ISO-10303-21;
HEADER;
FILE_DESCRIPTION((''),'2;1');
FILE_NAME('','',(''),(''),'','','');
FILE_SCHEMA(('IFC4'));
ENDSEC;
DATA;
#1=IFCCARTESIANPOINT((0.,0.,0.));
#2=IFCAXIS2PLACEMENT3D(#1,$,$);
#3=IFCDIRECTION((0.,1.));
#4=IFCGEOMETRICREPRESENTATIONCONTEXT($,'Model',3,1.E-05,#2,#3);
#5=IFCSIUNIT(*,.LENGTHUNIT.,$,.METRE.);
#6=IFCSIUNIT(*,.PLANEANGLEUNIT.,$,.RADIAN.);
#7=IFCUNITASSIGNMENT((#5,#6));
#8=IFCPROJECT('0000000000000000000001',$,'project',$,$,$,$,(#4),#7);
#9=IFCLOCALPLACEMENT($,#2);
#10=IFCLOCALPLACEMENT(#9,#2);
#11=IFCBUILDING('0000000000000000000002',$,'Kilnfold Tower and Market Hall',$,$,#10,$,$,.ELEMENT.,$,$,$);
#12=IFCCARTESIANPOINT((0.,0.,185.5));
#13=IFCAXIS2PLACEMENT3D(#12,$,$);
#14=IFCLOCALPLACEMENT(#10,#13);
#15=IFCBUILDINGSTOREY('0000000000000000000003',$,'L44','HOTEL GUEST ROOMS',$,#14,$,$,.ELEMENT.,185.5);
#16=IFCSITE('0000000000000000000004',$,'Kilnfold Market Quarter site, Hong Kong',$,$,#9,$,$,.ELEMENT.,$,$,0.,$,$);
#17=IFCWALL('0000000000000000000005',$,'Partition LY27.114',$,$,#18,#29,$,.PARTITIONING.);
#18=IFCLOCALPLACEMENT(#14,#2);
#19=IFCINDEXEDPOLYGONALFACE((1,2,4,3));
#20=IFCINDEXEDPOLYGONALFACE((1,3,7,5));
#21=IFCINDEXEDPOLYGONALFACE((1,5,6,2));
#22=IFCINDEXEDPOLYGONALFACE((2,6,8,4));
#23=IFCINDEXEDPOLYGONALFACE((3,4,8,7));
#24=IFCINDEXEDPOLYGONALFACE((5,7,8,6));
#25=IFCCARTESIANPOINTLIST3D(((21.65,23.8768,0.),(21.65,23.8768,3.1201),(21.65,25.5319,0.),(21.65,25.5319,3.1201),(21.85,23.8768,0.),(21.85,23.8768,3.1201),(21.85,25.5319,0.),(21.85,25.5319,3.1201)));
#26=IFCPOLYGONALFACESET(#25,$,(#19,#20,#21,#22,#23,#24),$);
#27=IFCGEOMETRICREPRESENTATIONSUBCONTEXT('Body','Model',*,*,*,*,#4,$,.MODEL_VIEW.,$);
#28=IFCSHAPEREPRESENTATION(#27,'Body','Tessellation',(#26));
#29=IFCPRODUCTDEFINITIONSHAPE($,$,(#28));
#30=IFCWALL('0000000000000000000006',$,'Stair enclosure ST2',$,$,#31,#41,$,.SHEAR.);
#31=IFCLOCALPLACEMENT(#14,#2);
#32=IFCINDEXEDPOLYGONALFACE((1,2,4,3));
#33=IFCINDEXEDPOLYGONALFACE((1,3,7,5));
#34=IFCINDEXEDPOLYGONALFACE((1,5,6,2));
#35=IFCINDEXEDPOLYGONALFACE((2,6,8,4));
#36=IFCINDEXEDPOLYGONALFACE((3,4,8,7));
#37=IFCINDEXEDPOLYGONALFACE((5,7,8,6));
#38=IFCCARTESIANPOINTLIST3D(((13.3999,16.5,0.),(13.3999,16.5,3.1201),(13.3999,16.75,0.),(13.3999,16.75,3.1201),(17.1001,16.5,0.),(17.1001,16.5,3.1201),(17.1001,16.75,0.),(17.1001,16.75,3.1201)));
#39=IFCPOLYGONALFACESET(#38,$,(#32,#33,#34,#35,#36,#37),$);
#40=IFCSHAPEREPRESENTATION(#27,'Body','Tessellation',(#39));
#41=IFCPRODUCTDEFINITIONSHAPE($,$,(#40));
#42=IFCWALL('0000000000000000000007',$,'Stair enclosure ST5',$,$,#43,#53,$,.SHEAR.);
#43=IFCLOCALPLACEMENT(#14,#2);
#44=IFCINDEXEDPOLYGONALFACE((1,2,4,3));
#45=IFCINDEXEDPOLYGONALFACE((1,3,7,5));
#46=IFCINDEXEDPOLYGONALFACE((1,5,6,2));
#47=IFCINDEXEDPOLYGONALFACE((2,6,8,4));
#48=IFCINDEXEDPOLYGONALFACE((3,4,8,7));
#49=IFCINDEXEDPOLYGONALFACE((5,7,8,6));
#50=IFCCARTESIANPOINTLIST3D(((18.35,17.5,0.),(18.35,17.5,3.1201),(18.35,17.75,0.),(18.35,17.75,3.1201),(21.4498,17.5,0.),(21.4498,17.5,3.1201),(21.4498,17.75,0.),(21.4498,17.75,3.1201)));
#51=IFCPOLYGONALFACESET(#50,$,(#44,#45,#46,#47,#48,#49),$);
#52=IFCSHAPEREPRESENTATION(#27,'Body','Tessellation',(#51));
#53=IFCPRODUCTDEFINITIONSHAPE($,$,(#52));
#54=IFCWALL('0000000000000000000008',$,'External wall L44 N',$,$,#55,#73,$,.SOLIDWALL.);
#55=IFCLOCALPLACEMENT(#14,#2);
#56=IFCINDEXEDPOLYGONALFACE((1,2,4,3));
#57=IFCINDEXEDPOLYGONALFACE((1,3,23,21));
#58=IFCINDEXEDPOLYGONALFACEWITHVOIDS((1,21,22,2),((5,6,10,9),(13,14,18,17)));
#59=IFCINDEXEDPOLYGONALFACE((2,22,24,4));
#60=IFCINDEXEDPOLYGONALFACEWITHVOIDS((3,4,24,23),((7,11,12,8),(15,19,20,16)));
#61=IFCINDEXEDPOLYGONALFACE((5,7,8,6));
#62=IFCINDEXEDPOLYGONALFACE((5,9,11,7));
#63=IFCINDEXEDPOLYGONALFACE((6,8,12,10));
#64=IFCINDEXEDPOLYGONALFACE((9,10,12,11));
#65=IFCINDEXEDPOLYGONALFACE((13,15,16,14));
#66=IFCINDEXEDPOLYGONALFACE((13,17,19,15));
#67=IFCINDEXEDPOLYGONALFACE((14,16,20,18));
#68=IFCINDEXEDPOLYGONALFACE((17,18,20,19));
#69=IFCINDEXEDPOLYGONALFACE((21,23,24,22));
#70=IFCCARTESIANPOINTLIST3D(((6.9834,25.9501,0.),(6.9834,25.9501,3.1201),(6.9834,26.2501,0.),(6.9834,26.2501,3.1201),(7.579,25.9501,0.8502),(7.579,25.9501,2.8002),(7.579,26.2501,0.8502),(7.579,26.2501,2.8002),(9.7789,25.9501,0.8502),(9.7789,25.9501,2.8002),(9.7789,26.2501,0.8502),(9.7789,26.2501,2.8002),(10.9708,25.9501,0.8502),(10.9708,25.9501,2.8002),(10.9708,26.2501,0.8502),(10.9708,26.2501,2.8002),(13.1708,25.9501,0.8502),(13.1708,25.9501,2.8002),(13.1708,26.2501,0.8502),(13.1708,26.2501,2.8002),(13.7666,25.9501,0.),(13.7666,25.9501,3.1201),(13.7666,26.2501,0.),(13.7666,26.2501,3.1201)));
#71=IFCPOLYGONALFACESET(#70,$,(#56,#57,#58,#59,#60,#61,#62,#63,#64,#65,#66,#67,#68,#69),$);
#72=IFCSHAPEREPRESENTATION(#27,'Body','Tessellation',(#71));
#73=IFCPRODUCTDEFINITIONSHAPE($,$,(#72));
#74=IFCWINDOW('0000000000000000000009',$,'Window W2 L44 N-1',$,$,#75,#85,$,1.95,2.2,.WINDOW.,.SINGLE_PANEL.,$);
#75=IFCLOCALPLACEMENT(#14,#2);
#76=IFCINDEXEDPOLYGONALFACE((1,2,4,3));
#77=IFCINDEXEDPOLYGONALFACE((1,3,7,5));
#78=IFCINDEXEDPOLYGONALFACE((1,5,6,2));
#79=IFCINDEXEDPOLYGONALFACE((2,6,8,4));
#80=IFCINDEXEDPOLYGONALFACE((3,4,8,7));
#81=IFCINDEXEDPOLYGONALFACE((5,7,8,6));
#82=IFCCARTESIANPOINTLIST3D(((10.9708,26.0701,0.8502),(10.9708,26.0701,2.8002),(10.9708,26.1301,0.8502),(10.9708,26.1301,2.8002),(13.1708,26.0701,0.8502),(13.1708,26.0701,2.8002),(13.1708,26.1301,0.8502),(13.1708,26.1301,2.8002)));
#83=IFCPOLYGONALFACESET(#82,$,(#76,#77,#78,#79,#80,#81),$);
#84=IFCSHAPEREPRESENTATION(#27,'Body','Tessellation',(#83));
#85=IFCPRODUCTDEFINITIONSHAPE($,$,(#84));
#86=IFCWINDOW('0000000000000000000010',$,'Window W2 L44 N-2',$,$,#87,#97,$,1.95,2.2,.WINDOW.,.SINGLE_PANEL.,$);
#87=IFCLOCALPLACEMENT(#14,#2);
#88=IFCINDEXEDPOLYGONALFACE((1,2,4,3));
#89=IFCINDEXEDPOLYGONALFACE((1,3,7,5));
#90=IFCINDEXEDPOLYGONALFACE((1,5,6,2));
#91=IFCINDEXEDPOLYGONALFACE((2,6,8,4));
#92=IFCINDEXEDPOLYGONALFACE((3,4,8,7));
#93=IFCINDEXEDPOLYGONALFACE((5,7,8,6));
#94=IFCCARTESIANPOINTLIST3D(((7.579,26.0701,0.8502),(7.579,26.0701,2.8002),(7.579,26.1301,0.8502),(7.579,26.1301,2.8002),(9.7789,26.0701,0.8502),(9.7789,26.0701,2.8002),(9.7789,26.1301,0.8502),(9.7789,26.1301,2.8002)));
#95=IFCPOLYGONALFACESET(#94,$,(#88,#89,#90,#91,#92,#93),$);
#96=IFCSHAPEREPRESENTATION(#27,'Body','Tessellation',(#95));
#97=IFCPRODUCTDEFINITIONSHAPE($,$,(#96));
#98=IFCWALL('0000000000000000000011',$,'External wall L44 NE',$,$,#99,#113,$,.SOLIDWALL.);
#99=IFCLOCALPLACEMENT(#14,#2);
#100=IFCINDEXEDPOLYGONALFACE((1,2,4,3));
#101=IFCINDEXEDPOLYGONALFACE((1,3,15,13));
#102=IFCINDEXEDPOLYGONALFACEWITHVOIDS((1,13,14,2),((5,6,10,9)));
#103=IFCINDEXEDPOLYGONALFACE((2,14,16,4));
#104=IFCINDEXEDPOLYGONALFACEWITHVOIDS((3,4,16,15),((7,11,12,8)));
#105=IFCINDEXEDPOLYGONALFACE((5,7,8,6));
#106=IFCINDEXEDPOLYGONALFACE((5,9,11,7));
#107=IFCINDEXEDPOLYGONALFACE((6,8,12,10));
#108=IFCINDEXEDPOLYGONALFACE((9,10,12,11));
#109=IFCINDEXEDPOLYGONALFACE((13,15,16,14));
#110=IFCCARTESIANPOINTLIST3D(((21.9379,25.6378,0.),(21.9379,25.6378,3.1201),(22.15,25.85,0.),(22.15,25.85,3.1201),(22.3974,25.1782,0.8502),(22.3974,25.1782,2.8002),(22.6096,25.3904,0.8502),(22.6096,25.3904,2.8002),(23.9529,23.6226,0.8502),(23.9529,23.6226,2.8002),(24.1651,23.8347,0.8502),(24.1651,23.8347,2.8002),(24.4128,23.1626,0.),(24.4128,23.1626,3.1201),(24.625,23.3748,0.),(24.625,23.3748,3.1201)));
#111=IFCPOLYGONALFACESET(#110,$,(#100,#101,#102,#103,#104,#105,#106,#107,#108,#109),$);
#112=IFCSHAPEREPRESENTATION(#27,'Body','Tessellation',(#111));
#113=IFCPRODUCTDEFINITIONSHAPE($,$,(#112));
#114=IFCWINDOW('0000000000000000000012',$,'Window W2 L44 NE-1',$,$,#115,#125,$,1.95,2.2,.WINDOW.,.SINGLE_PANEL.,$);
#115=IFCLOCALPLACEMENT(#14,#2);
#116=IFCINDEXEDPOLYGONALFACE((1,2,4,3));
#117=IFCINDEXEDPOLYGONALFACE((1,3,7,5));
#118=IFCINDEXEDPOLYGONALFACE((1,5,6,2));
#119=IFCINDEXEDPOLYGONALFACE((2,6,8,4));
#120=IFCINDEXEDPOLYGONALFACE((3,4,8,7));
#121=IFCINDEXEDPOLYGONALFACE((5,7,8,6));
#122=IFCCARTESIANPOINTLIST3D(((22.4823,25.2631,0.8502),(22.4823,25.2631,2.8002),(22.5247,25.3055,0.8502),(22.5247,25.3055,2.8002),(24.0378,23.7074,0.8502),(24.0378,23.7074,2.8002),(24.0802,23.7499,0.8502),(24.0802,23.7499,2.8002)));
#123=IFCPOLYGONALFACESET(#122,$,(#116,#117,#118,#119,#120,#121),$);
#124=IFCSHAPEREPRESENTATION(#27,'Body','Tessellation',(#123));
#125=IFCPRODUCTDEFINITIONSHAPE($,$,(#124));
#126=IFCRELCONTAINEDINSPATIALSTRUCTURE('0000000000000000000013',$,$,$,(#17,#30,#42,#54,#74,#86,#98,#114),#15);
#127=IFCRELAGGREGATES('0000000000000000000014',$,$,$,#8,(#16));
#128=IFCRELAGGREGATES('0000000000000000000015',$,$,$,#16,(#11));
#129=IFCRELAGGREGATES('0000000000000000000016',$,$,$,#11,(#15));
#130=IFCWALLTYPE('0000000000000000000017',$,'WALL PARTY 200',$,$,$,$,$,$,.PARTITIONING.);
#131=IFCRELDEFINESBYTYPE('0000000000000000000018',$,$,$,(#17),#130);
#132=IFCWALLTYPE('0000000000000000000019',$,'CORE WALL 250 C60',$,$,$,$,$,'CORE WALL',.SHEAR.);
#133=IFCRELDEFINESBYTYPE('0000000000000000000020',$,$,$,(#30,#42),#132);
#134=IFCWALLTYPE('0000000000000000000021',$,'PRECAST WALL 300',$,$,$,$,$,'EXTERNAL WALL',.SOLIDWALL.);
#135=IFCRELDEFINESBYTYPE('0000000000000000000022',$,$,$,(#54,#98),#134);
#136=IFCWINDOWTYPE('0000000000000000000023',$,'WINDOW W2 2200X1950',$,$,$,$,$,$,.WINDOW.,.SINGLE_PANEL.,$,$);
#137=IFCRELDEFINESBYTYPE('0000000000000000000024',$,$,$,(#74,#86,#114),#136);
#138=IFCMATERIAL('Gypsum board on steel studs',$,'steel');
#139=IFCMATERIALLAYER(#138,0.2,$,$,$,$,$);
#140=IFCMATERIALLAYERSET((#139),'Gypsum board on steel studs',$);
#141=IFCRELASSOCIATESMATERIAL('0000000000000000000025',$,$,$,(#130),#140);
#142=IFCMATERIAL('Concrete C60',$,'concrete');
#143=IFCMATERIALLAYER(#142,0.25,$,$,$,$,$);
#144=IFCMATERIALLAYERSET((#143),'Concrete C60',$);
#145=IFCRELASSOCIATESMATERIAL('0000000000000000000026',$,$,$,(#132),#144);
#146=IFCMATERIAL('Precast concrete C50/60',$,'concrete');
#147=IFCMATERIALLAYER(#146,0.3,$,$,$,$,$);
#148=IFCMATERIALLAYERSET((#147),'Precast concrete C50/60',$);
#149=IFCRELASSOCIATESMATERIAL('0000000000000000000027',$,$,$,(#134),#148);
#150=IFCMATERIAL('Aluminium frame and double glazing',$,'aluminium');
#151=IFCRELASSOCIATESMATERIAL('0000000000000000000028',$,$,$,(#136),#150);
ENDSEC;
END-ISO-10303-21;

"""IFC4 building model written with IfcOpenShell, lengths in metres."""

from ifc_helpers import new_model, si_unit, direction, frame, frame_2d, origin, place, context, subcontext, project, spatial, rectangle, extrude, source, transform, mapped, material, layer, layer_set, type_object, element, fill, save


model = new_model("IFC4")

# Units and contexts
model_context = context("Model", 3, precision=1e-05, world=origin(), true_north=direction((0.0, 1.0)))
body_context = subcontext(model_context, "Body", "Model", "MODEL_VIEW")
ifc_project = project(units=[si_unit("LENGTHUNIT", "METRE"), si_unit("PLANEANGLEUNIT", "RADIAN")], contexts=[model_context])

# Site, building, storey
site_placement = place(None, origin())
site = spatial("IfcSite", under=ifc_project, at=site_placement, Name="Kilnfold Market Quarter site, Hong Kong", CompositionType="ELEMENT", RefElevation=0.0)
building_placement = place(site_placement, origin())
building = spatial("IfcBuilding", under=site, at=building_placement, Name="Kilnfold Tower and Market Hall", CompositionType="ELEMENT")
storey_placement = place(building_placement, frame((0.0, 0.0, 185.5)))
storey = spatial("IfcBuildingStorey", under=building, at=storey_placement, Name="L44", Description="HOTEL GUEST ROOMS", CompositionType="ELEMENT", Elevation=185.5)

# Shared definitions
ifc_material_1 = material(Name="Gypsum board on steel studs", Category="steel")
ifc_layer_1 = layer(ifc_material_1, 0.2)
ifc_layer_set_1 = layer_set([ifc_layer_1], Name="Gypsum board on steel studs")
wall_type_1 = type_object("IfcWallType", Name="WALL PARTY 200", PredefinedType="PARTITIONING", material=ifc_layer_set_1)

# Walls
wall_1_placement = place(storey_placement, frame((21.75, 25.532, 0.0), z_axis=(0.0, 0.0, 1.0), x_axis=(0.0, -1.0, 0.0)))
element("IfcWall", 1, at=wall_1_placement, inside=storey, type_object=wall_type_1, Name="Partition LY27.114", PredefinedType="PARTITIONING", context=body_context, shape_type="SweptSolid", body=[
    extrude(rectangle(XDim=1.655, YDim=0.2, at=frame_2d((0.8276, 0.0))), origin(), (0.0, 0.0, 1.0), 3.1201),
])
ifc_material_2 = material(Name="Concrete C60", Category="concrete")
ifc_layer_2 = layer(ifc_material_2, 0.25)
ifc_layer_set_2 = layer_set([ifc_layer_2], Name="Concrete C60")
wall_type_2 = type_object("IfcWallType", Name="CORE WALL 250 C60", ElementType="CORE WALL", PredefinedType="SHEAR", material=ifc_layer_set_2)
shared_shape_1 = source(origin(), body_context, "Body", "SweptSolid", [
    extrude(rectangle(XDim=3.7002, YDim=0.25, at=frame_2d((1.8501, 0.0))), origin(), (0.0, 0.0, 1.0), 3.1201),
])
wall_2_placement = place(storey_placement, frame((13.3999, 16.625, 0.0), z_axis=(0.0, 0.0, 1.0), x_axis=(1.0, 0.0, 0.0)))
element("IfcWall", 2, at=wall_2_placement, inside=storey, type_object=wall_type_2, Name="Stair enclosure ST2", PredefinedType="SHEAR", context=body_context, shape_type="MappedRepresentation", body=[
    mapped(shared_shape_1, transform((0.0, 0.0, 0.0))),
])
shared_shape_2 = source(origin(), body_context, "Body", "SweptSolid", [
    extrude(rectangle(XDim=3.0999, YDim=0.25, at=frame_2d((1.5498, 0.0))), origin(), (0.0, 0.0, 1.0), 3.1201),
])
wall_3_placement = place(storey_placement, frame((18.3501, 17.625, 0.0), z_axis=(0.0, 0.0, 1.0), x_axis=(1.0, 0.0, 0.0)))
element("IfcWall", 3, at=wall_3_placement, inside=storey, type_object=wall_type_2, Name="Stair enclosure ST5", PredefinedType="SHEAR", context=body_context, shape_type="MappedRepresentation", body=[
    mapped(shared_shape_2, transform((0.0, 0.0, 0.0))),
])

# Wall, openings, windows
ifc_material_3 = material(Name="Precast concrete C50/60", Category="concrete")
ifc_layer_3 = layer(ifc_material_3, 0.3)
ifc_layer_set_3 = layer_set([ifc_layer_3], Name="Precast concrete C50/60")
wall_type_3 = type_object("IfcWallType", Name="PRECAST WALL 300", ElementType="EXTERNAL WALL", PredefinedType="SOLIDWALL", material=ifc_layer_set_3)
shared_shape_3 = source(origin(), body_context, "Body", "SweptSolid", [
    extrude(rectangle(XDim=6.7832, YDim=0.3, at=frame_2d((3.3916, 0.0))), origin(), (0.0, 0.0, 1.0), 3.1201),
])
wall_4_placement = place(storey_placement, frame((13.7666, 26.1001, 0.0), z_axis=(0.0, 0.0, 1.0), x_axis=(-1.0, 0.0, 0.0)))
wall_4 = element("IfcWall", 4, at=wall_4_placement, inside=storey, type_object=wall_type_3, Name="External wall L44 N", PredefinedType="SOLIDWALL", context=body_context, shape_type="MappedRepresentation", body=[
    mapped(shared_shape_3, transform((0.0, 0.0, 0.0))),
])
opening_1_placement = place(wall_4_placement, frame((0.5957, 0.0, 0.8501)))
opening_1 = element("IfcOpeningElement", 5, at=opening_1_placement, cuts=wall_4, PredefinedType="OPENING", context=body_context, shape_type="SweptSolid", body=[
    extrude(rectangle(XDim=2.2, YDim=1.95, at=frame_2d((1.1001, 0.9751))), frame((0.0, 0.1602, 0.0), z_axis=(0.0, -1.0, 0.0), x_axis=(1.0, 0.0, 0.0)), (0.0, 0.0, 1.0), 0.3201),
])
opening_2_placement = place(wall_4_placement, frame((3.9875, 0.0, 0.8501)))
opening_2 = element("IfcOpeningElement", 6, at=opening_2_placement, cuts=wall_4, PredefinedType="OPENING", context=body_context, shape_type="SweptSolid", body=[
    extrude(rectangle(XDim=2.2, YDim=1.95, at=frame_2d((1.1001, 0.9751))), frame((0.0, 0.1602, 0.0), z_axis=(0.0, -1.0, 0.0), x_axis=(1.0, 0.0, 0.0)), (0.0, 0.0, 1.0), 0.3201),
])
ifc_material_4 = material(Name="Aluminium frame and double glazing", Category="aluminium")
window_type = type_object("IfcWindowType", Name="WINDOW W2 2200X1950", PartitioningType="SINGLE_PANEL", PredefinedType="WINDOW", material=ifc_material_4)
window_1_placement = place(opening_1_placement, origin())
window_1 = element("IfcWindow", 7, at=window_1_placement, inside=storey, type_object=window_type, Name="Window W2 L44 N-1", OverallHeight=1.95, OverallWidth=2.2, PartitioningType="SINGLE_PANEL", PredefinedType="WINDOW", context=body_context, shape_type="SweptSolid", body=[
    extrude(rectangle(XDim=2.2, YDim=1.95, at=frame_2d((1.1001, 0.9751))), frame((0.0, 0.03, 0.0), z_axis=(0.0, -1.0, 0.0), x_axis=(1.0, 0.0, 0.0)), (0.0, 0.0, 1.0), 0.0601),
])
fill(opening_1, window_1)
window_2_placement = place(opening_2_placement, origin())
window_2 = element("IfcWindow", 8, at=window_2_placement, inside=storey, type_object=window_type, Name="Window W2 L44 N-2", OverallHeight=1.95, OverallWidth=2.2, PartitioningType="SINGLE_PANEL", PredefinedType="WINDOW", context=body_context, shape_type="SweptSolid", body=[
    extrude(rectangle(XDim=2.2, YDim=1.95, at=frame_2d((1.1001, 0.9751))), frame((0.0, 0.03, 0.0), z_axis=(0.0, -1.0, 0.0), x_axis=(1.0, 0.0, 0.0)), (0.0, 0.0, 1.0), 0.0601),
])
fill(opening_2, window_2)

# Wall, opening, window
shared_shape_4 = source(origin(), body_context, "Body", "SweptSolid", [
    extrude(rectangle(XDim=3.5002, YDim=0.3, at=frame_2d((1.75, 0.0))), origin(), (0.0, 0.0, 1.0), 3.1201),
])
wall_5_placement = place(storey_placement, frame((24.5188, 23.2688, 0.0), z_axis=(0.0, 0.0, 1.0), x_axis=(-0.707072, 0.707142, 0.0)))
wall_5 = element("IfcWall", 9, at=wall_5_placement, inside=storey, type_object=wall_type_3, Name="External wall L44 NE", PredefinedType="SOLIDWALL", context=body_context, shape_type="MappedRepresentation", body=[
    mapped(shared_shape_4, transform((0.0, 0.0, 0.0))),
])
opening_3_placement = place(wall_5_placement, frame((0.6501, 0.0, 0.8501)))
opening_3 = element("IfcOpeningElement", 10, at=opening_3_placement, cuts=wall_5, PredefinedType="OPENING", context=body_context, shape_type="SweptSolid", body=[
    extrude(rectangle(XDim=2.2, YDim=1.95, at=frame_2d((1.1001, 0.9751))), frame((0.0, 0.1602, 0.0), z_axis=(0.0, -1.0, 0.0), x_axis=(1.0, 0.0, 0.0)), (0.0, 0.0, 1.0), 0.3201),
])
window_3_placement = place(opening_3_placement, origin())
window_3 = element("IfcWindow", 11, at=window_3_placement, inside=storey, type_object=window_type, Name="Window W2 L44 NE-1", OverallHeight=1.95, OverallWidth=2.2, PartitioningType="SINGLE_PANEL", PredefinedType="WINDOW", context=body_context, shape_type="SweptSolid", body=[
    extrude(rectangle(XDim=2.2, YDim=1.95, at=frame_2d((1.1001, 0.9751))), frame((0.0, 0.03, 0.0), z_axis=(0.0, -1.0, 0.0), x_axis=(1.0, 0.0, 0.0)), (0.0, 0.0, 1.0), 0.0601),
])
fill(opening_3, window_3)

save(model, "model.ifc")
